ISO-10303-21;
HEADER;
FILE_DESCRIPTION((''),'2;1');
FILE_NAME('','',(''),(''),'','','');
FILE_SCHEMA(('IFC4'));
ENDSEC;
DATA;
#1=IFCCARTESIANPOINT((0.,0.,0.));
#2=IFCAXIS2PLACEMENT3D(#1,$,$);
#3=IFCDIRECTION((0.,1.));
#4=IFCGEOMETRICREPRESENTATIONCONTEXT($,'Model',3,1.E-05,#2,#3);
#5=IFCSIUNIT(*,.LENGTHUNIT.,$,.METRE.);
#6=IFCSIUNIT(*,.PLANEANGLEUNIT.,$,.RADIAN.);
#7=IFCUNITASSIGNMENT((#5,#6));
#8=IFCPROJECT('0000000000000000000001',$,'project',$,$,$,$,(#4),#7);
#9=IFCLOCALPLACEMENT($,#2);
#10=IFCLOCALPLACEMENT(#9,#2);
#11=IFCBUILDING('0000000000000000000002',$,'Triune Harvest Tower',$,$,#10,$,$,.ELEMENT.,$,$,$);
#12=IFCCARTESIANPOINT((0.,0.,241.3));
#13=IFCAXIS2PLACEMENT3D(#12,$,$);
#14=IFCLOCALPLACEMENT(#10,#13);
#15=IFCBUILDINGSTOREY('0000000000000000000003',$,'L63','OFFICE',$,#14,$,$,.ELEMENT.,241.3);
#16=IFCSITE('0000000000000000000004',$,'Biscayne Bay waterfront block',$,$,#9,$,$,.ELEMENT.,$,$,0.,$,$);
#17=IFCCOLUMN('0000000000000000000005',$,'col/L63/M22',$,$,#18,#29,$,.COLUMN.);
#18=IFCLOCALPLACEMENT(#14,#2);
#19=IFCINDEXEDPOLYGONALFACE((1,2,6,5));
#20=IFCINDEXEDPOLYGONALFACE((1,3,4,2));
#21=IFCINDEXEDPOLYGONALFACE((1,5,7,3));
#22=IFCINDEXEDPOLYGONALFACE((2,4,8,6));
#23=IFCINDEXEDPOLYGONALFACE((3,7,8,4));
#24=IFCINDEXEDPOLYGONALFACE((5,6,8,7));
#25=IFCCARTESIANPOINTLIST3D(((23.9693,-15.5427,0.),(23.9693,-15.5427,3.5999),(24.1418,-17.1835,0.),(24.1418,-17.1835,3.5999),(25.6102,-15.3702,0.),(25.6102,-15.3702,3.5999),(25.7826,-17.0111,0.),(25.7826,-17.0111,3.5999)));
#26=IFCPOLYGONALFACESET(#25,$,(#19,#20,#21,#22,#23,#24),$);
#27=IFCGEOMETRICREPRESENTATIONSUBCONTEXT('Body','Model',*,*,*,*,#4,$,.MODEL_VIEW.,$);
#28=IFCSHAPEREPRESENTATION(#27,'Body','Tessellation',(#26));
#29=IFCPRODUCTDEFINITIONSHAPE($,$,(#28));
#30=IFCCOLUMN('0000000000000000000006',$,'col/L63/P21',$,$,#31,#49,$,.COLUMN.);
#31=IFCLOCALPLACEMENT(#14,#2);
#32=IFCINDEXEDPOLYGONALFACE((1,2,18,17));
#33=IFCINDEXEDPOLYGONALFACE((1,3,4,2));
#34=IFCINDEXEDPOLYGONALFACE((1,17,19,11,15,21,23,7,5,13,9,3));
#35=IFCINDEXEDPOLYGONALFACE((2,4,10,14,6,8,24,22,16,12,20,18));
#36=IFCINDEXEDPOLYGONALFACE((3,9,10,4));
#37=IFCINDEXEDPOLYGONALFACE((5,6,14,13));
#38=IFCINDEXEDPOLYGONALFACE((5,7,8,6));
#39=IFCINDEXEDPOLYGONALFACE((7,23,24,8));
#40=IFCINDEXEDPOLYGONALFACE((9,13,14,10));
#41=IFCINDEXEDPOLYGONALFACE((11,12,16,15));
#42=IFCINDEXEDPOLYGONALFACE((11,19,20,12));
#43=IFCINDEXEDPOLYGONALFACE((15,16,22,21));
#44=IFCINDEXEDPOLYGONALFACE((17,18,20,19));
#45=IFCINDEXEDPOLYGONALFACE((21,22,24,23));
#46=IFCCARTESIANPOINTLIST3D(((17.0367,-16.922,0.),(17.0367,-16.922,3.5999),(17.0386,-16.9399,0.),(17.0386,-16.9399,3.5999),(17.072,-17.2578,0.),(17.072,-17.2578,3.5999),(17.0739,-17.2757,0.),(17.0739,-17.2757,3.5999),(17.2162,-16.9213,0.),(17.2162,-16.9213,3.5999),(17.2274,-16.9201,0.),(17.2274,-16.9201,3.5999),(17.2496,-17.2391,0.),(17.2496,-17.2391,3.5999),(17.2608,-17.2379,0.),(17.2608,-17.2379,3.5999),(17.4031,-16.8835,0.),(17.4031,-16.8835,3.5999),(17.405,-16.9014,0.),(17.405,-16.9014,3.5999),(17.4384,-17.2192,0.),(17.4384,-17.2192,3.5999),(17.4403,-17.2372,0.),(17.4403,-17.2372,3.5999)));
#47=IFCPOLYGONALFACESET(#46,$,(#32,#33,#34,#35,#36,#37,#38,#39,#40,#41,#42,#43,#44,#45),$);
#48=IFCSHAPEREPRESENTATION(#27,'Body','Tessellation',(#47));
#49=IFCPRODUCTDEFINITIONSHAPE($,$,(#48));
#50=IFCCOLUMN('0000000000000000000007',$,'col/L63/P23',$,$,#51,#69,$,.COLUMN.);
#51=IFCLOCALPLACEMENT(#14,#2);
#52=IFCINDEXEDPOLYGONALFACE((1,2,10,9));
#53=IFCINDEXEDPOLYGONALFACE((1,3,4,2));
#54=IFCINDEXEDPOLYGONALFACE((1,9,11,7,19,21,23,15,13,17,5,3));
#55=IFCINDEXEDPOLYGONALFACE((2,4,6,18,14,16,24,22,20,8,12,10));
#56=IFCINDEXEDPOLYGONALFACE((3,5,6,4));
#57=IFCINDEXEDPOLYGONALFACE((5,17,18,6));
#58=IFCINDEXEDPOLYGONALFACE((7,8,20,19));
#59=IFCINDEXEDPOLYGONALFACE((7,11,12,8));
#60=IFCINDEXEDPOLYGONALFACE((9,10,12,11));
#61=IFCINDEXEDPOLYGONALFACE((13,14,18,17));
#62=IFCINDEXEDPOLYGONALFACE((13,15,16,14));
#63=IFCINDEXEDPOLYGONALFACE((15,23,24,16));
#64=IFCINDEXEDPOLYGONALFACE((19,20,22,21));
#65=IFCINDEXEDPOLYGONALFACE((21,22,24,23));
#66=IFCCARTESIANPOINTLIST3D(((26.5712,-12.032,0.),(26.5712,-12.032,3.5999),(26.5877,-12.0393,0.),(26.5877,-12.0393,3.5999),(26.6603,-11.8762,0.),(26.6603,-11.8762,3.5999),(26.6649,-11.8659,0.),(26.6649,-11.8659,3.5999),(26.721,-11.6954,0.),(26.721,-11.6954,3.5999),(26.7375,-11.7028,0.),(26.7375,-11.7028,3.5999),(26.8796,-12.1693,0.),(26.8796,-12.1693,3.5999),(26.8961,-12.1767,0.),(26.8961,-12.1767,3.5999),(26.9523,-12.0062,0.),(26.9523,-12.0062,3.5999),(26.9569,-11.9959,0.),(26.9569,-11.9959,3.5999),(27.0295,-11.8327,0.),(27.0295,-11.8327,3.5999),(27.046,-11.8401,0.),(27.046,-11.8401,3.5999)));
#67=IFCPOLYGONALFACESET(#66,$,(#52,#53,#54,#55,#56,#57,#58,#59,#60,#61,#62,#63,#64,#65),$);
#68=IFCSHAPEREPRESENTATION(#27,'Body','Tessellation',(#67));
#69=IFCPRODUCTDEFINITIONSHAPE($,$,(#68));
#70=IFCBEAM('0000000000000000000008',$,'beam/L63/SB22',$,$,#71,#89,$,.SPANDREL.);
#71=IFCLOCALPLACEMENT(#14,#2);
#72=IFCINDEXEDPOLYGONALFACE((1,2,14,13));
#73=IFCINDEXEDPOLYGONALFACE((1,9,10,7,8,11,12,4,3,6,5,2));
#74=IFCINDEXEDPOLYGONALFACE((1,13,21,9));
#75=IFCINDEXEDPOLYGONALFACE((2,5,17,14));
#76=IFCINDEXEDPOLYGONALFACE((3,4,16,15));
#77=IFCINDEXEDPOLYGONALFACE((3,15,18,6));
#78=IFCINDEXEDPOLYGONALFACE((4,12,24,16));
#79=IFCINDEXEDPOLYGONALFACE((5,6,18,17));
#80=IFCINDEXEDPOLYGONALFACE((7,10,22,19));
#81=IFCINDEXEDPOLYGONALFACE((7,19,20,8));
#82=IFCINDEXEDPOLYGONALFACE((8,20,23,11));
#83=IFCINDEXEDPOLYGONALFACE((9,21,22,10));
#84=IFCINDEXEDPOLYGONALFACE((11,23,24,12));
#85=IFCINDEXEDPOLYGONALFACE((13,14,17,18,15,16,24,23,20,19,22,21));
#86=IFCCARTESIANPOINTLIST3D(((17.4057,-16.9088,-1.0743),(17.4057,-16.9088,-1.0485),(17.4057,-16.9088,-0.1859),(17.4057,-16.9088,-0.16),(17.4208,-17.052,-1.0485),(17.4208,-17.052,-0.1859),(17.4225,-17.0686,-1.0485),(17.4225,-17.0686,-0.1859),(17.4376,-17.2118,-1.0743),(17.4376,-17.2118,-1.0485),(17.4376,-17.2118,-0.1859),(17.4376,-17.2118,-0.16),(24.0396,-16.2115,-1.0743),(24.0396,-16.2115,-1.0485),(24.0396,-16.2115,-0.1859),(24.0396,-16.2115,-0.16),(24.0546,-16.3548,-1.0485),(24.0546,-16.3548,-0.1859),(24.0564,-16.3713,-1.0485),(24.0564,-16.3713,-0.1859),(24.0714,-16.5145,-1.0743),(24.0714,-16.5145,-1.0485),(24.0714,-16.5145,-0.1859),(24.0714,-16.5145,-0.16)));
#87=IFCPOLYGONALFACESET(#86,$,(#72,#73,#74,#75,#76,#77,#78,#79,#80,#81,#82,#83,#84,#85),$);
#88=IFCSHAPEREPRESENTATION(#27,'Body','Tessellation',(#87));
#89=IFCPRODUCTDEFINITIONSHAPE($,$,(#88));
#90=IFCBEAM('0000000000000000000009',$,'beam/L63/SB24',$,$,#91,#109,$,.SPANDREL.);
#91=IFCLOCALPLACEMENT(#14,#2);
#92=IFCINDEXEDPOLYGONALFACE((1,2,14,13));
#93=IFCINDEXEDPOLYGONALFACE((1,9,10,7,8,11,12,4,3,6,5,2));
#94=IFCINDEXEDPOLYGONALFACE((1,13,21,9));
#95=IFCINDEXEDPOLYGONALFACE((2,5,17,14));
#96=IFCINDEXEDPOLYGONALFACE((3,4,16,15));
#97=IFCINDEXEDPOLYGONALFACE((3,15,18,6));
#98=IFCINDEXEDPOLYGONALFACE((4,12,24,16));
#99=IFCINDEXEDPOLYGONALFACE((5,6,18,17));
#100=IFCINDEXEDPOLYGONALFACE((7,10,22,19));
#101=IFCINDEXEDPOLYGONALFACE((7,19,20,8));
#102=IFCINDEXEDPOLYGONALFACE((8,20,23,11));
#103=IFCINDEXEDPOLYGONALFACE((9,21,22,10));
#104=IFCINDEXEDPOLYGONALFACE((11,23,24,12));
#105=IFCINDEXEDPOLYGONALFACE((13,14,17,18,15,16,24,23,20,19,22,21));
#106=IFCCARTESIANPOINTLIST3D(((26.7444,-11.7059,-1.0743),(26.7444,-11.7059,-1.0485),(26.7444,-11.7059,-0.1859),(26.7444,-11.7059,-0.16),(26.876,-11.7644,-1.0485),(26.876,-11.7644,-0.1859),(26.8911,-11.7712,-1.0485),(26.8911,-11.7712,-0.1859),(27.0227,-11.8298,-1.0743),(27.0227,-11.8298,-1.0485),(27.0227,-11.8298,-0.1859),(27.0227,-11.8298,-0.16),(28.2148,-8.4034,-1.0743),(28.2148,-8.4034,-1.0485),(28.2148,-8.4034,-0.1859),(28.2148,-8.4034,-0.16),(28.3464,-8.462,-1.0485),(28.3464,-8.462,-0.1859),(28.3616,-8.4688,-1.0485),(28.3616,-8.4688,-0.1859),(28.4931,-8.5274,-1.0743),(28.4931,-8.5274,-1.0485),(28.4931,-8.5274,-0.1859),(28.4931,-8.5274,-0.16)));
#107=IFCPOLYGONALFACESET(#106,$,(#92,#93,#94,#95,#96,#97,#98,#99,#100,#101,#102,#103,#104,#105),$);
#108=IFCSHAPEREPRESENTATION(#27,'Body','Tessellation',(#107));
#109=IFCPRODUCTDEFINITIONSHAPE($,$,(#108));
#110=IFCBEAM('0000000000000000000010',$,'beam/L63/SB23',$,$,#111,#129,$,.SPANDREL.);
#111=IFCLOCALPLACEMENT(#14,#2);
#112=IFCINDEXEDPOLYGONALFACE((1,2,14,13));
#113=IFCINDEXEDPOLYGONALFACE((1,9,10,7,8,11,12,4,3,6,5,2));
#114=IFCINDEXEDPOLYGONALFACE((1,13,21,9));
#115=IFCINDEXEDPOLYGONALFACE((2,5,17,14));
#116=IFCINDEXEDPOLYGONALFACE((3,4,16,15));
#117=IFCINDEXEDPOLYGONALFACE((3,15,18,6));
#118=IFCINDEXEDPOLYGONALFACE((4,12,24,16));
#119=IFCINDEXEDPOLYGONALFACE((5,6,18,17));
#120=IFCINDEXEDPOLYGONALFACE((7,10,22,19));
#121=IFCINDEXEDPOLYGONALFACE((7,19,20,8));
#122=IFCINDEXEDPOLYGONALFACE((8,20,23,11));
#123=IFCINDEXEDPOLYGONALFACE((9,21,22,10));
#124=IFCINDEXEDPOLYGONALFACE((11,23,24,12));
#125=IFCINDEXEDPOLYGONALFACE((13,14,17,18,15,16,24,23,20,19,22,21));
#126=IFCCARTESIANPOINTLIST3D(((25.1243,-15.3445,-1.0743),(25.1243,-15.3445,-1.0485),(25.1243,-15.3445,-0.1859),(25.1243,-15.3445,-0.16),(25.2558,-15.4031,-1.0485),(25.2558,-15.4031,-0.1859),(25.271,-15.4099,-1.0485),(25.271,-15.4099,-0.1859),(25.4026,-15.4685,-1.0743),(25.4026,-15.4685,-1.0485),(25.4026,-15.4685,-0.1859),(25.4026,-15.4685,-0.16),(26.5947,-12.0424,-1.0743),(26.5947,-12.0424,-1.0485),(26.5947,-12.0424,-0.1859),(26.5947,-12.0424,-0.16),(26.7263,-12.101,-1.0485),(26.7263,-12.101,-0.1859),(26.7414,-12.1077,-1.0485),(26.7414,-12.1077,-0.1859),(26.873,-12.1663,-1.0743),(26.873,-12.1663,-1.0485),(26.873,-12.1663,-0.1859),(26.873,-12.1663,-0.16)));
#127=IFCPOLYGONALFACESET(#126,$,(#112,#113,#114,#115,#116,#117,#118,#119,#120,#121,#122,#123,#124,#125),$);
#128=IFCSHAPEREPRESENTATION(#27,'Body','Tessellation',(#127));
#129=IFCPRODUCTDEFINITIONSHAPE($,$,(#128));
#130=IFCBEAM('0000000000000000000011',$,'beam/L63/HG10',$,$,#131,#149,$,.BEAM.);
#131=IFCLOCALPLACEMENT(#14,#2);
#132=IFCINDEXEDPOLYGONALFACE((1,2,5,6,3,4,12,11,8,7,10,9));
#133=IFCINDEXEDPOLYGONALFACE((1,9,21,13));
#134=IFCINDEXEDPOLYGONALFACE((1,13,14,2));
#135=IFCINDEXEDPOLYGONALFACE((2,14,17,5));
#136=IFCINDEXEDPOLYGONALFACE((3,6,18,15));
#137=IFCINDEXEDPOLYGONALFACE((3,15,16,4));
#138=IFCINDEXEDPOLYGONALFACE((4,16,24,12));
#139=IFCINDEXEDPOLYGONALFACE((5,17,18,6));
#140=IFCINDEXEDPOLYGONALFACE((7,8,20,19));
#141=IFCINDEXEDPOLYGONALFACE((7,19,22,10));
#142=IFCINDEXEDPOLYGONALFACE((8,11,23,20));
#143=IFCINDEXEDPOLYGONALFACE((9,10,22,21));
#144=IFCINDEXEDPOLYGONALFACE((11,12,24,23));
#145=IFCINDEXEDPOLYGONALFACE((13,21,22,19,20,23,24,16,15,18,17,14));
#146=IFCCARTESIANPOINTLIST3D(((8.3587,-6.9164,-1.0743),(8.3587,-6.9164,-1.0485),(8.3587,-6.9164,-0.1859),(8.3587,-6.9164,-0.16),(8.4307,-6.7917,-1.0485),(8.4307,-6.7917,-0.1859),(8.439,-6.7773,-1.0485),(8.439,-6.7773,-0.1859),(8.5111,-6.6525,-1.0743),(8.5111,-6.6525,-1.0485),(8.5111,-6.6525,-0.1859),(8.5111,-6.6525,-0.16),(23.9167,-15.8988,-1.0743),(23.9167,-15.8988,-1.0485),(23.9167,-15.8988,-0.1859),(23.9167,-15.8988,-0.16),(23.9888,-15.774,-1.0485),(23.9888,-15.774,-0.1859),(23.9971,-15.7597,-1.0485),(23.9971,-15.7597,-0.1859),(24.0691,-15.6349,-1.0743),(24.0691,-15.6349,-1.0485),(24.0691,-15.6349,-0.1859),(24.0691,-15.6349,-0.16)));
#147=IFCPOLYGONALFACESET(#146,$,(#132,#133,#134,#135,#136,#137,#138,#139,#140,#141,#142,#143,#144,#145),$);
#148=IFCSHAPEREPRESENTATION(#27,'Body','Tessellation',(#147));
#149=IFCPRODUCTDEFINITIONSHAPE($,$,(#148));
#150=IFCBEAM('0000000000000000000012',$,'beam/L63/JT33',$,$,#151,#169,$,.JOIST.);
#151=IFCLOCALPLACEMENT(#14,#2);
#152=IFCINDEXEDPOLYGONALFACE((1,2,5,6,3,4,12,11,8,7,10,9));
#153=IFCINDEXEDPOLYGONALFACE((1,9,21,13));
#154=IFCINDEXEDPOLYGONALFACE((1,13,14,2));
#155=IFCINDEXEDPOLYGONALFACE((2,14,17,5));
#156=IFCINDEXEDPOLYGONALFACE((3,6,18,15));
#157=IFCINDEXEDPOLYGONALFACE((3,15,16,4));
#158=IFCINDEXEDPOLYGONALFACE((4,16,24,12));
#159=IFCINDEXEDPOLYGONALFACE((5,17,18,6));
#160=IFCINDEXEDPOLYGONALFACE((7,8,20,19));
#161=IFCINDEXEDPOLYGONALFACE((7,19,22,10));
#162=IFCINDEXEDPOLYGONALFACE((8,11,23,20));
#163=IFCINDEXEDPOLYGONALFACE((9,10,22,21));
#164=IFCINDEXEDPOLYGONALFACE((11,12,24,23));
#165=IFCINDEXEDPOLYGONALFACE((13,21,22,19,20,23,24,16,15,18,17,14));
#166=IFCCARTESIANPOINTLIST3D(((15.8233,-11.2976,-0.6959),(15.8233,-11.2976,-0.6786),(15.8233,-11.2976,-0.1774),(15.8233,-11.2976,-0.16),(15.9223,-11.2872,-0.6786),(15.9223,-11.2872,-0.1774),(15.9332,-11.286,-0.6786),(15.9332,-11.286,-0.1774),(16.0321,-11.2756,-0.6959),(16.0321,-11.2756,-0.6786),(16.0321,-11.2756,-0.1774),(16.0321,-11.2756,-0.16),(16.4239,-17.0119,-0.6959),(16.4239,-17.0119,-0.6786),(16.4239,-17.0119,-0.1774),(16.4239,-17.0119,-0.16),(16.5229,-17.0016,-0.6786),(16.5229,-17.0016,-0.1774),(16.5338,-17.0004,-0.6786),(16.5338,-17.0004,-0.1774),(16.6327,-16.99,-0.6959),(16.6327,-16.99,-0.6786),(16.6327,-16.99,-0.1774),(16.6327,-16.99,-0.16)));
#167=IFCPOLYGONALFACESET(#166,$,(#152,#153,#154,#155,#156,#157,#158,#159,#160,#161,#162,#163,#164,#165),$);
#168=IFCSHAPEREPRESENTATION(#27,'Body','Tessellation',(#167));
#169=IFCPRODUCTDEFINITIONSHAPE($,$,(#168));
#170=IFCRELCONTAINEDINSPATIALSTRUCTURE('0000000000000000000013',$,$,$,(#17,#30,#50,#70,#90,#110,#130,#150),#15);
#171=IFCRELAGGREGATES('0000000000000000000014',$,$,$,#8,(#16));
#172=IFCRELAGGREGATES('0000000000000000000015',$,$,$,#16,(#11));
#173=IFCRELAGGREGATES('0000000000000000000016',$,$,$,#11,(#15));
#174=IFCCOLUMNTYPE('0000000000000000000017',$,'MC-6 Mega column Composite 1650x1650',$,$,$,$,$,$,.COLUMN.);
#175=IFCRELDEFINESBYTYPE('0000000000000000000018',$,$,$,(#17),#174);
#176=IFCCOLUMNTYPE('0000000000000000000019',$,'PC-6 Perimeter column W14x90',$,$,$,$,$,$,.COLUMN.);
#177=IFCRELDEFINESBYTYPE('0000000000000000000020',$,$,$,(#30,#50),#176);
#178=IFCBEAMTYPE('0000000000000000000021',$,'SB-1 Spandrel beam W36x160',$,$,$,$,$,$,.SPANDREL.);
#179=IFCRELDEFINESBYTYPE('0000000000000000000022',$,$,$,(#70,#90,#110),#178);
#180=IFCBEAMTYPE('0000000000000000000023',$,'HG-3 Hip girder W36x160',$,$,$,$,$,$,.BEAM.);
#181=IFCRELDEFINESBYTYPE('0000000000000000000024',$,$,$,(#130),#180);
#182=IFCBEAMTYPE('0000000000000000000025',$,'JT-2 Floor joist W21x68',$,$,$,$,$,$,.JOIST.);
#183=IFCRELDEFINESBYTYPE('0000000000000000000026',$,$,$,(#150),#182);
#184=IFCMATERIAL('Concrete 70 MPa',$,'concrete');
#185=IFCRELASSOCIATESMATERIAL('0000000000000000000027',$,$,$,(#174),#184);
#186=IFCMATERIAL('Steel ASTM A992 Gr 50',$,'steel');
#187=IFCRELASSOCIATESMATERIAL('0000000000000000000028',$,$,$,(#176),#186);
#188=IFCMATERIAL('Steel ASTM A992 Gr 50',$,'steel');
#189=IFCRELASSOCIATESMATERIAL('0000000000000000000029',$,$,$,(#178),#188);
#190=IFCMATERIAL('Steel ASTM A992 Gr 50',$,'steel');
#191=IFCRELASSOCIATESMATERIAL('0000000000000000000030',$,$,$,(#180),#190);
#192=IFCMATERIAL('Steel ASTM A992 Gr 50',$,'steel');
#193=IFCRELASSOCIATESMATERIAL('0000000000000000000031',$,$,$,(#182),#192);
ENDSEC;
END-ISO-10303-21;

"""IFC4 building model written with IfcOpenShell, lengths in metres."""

from ifc_helpers import new_model, si_unit, direction, frame, origin, origin_2d, place, context, subcontext, project, spatial, rectangle, i_section, extrude, source, transform, mapped, material, material_profile, profile_set, type_object, element, save


model = new_model("IFC4")

# Units and contexts
model_context = context("Model", 3, precision=1e-05, world=origin(), true_north=direction((0.0, 1.0)))
body_context = subcontext(model_context, "Body", "Model", "MODEL_VIEW")
ifc_project = project(units=[si_unit("LENGTHUNIT", "METRE"), si_unit("PLANEANGLEUNIT", "RADIAN")], contexts=[model_context])

# Site, building, storey
site_placement = place(None, origin())
site = spatial("IfcSite", under=ifc_project, at=site_placement, Name="Biscayne Bay waterfront block", CompositionType="ELEMENT", RefElevation=0.0)
building_placement = place(site_placement, origin())
building = spatial("IfcBuilding", under=site, at=building_placement, Name="Triune Harvest Tower", CompositionType="ELEMENT")
storey_placement = place(building_placement, frame((0.0, 0.0, 241.3)))
storey = spatial("IfcBuildingStorey", under=building, at=storey_placement, Name="L63", Description="OFFICE", CompositionType="ELEMENT", Elevation=241.3)

# Columns
ifc_material_1 = material(Name="Concrete 70 MPa", Category="concrete")
ifc_material_profile_1 = material_profile(ifc_material_1, rectangle(XDim=1.6499, YDim=1.6499, at=origin_2d()), Name="Composite 1650x1650")
ifc_profile_set_1 = profile_set([ifc_material_profile_1], Name="Concrete 70 MPa")
column_type_1 = type_object("IfcColumnType", Name="MC-6 Mega column Composite 1650x1650", PredefinedType="COLUMN", material=ifc_profile_set_1)
shared_shape_1 = source(origin(), body_context, "Body", "SweptSolid", [
    extrude(rectangle(XDim=1.6499, YDim=1.6499, at=origin_2d()), origin(), (0.0, 0.0, 1.0), 3.5999),
])
column_placement = place(storey_placement, frame((24.876, -16.2769, 0.0), z_axis=(0.0, 0.0, 1.0), x_axis=(0.994522, 0.10453, 0.0)))
element("IfcColumn", 1, at=column_placement, inside=storey, type_object=column_type_1, Name="col/L63/M22", PredefinedType="COLUMN", context=body_context, shape_type="MappedRepresentation", body=[
    mapped(shared_shape_1, transform((0.0, 0.0, 0.0), scale=1.0)),
])
ifc_material_2 = material(Name="Steel ASTM A992 Gr 50", Category="steel")
ifc_material_profile_2 = material_profile(ifc_material_2, i_section(OverallWidth=0.3684, OverallDepth=0.3557, WebThickness=0.0112, FlangeThickness=0.0181, at=origin_2d()), Name="W14x90")
ifc_profile_set_2 = profile_set([ifc_material_profile_2], Name="Steel ASTM A992 Gr 50")
column_type_2 = type_object("IfcColumnType", Name="PC-6 Perimeter column W14x90", PredefinedType="COLUMN", material=ifc_profile_set_2)
shared_shape_2 = source(origin(), body_context, "Body", "SweptSolid", [
    extrude(i_section(OverallWidth=0.3684, OverallDepth=0.3557, WebThickness=0.0112, FlangeThickness=0.0181, at=origin_2d()), origin(), (0.0, 0.0, 1.0), 3.5999),
])
for number, where, z_axis, x_axis, name in (
    (2, (17.2385, -17.0796, 0.0), (0.0, 0.0, 1.0), (0.994522, 0.10453, 0.0), "col/L63/P21"),
    (3, (26.8086, -11.936, 0.0), (0.0, 0.0, 1.0), (0.406741, 0.913543, 0.0), "col/L63/P23"),
):
    element("IfcColumn", number, at=place(storey_placement, frame(where, z_axis=z_axis, x_axis=x_axis)), inside=storey, type_object=column_type_2, Name=name, PredefinedType="COLUMN", context=body_context, shape_type="MappedRepresentation", body=[
        mapped(shared_shape_2, transform((0.0, 0.0, 0.0), scale=1.0)),
    ])

# Beams
ifc_material_3 = material(Name="Steel ASTM A992 Gr 50", Category="steel")
ifc_material_profile_3 = material_profile(ifc_material_3, i_section(OverallWidth=0.3047, OverallDepth=0.9143, WebThickness=0.0166, FlangeThickness=0.0259, at=origin_2d()), Name="W36x160")
ifc_profile_set_3 = profile_set([ifc_material_profile_3], Name="Steel ASTM A992 Gr 50")
beam_type_1 = type_object("IfcBeamType", Name="SB-1 Spandrel beam W36x160", PredefinedType="SPANDREL", material=ifc_profile_set_3)
shared_shape_3 = source(origin(), body_context, "Body", "SweptSolid", [
    extrude(i_section(OverallWidth=0.3047, OverallDepth=0.9143, WebThickness=0.0166, FlangeThickness=0.0259, at=origin_2d()), origin(), (0.0, 0.0, 1.0), 6.6704),
])
beam_1_placement = place(storey_placement, frame((17.4216, -17.0603, -0.6172), z_axis=(0.994521, 0.104532, 0.0), x_axis=(-0.104532, 0.994521, 0.0)))
element("IfcBeam", 4, at=beam_1_placement, inside=storey, type_object=beam_type_1, Name="beam/L63/SB22", PredefinedType="SPANDREL", context=body_context, shape_type="MappedRepresentation", body=[
    mapped(shared_shape_3, transform((0.0, 0.0, 0.0), scale=1.0)),
])
shared_shape_4 = source(origin(), body_context, "Body", "SweptSolid", [
    extrude(i_section(OverallWidth=0.3047, OverallDepth=0.9143, WebThickness=0.0166, FlangeThickness=0.0259, at=origin_2d()), origin(), (0.0, 0.0, 1.0), 3.615),
])
beam_2_placement = place(storey_placement, frame((26.8835, -11.7678, -0.6172), z_axis=(0.406759, 0.913536, 0.0), x_axis=(-0.913536, 0.406759, 0.0)))
element("IfcBeam", 5, at=beam_2_placement, inside=storey, type_object=beam_type_1, Name="beam/L63/SB24", PredefinedType="SPANDREL", context=body_context, shape_type="MappedRepresentation", body=[
    mapped(shared_shape_4, transform((0.0, 0.0, 0.0), scale=1.0)),
])
shared_shape_5 = source(origin(), body_context, "Body", "SweptSolid", [
    extrude(i_section(OverallWidth=0.3047, OverallDepth=0.9143, WebThickness=0.0166, FlangeThickness=0.0259, at=origin_2d()), origin(), (0.0, 0.0, 1.0), 3.6147),
])
beam_3_placement = place(storey_placement, frame((25.2634, -15.4065, -0.6172), z_axis=(0.406784, 0.913524, 0.0), x_axis=(-0.913524, 0.406784, 0.0)))
element("IfcBeam", 6, at=beam_3_placement, inside=storey, type_object=beam_type_1, Name="beam/L63/SB23", PredefinedType="SPANDREL", context=body_context, shape_type="MappedRepresentation", body=[
    mapped(shared_shape_5, transform((0.0, 0.0, 0.0), scale=1.0)),
])
ifc_material_4 = material(Name="Steel ASTM A992 Gr 50", Category="steel")
ifc_material_profile_4 = material_profile(ifc_material_4, i_section(OverallWidth=0.3047, OverallDepth=0.9143, WebThickness=0.0166, FlangeThickness=0.0259, at=origin_2d()), Name="W36x160")
ifc_profile_set_4 = profile_set([ifc_material_profile_4], Name="Steel ASTM A992 Gr 50")
beam_type_2 = type_object("IfcBeamType", Name="HG-3 Hip girder W36x160", PredefinedType="BEAM", material=ifc_profile_set_4)
shared_shape_6 = source(origin(), body_context, "Body", "SweptSolid", [
    extrude(i_section(OverallWidth=0.3047, OverallDepth=0.9143, WebThickness=0.0166, FlangeThickness=0.0259, at=origin_2d()), origin(), (0.0, 0.0, 1.0), 17.9648),
])
beam_4_placement = place(storey_placement, frame((23.9929, -15.7668, -0.6172), z_axis=(-0.866027, 0.499998, 0.0), x_axis=(-0.499998, -0.866027, 0.0)))
element("IfcBeam", 7, at=beam_4_placement, inside=storey, type_object=beam_type_2, Name="beam/L63/HG10", PredefinedType="BEAM", context=body_context, shape_type="MappedRepresentation", body=[
    mapped(shared_shape_6, transform((0.0, 0.0, 0.0), scale=1.0)),
])
ifc_material_5 = material(Name="Steel ASTM A992 Gr 50", Category="steel")
ifc_material_profile_5 = material_profile(ifc_material_5, i_section(OverallWidth=0.21, OverallDepth=0.5359, WebThickness=0.011, FlangeThickness=0.0173, at=origin_2d()), Name="W21x68")
ifc_profile_set_5 = profile_set([ifc_material_profile_5], Name="Steel ASTM A992 Gr 50")
beam_type_3 = type_object("IfcBeamType", Name="JT-2 Floor joist W21x68", PredefinedType="JOIST", material=ifc_profile_set_5)
shared_shape_7 = source(origin(), body_context, "Body", "SweptSolid", [
    extrude(i_section(OverallWidth=0.21, OverallDepth=0.5359, WebThickness=0.011, FlangeThickness=0.0173, at=origin_2d()), origin(), (0.0, 0.0, 1.0), 5.7458),
])
beam_5_placement = place(storey_placement, frame((16.5283, -17.001, -0.428), z_axis=(-0.104526, 0.994522, 0.0), x_axis=(-0.994522, -0.104526, 0.0)))
element("IfcBeam", 8, at=beam_5_placement, inside=storey, type_object=beam_type_3, Name="beam/L63/JT33", PredefinedType="JOIST", context=body_context, shape_type="MappedRepresentation", body=[
    mapped(shared_shape_7, transform((0.0, 0.0, 0.0), scale=1.0)),
])

save(model, "model.ifc")
